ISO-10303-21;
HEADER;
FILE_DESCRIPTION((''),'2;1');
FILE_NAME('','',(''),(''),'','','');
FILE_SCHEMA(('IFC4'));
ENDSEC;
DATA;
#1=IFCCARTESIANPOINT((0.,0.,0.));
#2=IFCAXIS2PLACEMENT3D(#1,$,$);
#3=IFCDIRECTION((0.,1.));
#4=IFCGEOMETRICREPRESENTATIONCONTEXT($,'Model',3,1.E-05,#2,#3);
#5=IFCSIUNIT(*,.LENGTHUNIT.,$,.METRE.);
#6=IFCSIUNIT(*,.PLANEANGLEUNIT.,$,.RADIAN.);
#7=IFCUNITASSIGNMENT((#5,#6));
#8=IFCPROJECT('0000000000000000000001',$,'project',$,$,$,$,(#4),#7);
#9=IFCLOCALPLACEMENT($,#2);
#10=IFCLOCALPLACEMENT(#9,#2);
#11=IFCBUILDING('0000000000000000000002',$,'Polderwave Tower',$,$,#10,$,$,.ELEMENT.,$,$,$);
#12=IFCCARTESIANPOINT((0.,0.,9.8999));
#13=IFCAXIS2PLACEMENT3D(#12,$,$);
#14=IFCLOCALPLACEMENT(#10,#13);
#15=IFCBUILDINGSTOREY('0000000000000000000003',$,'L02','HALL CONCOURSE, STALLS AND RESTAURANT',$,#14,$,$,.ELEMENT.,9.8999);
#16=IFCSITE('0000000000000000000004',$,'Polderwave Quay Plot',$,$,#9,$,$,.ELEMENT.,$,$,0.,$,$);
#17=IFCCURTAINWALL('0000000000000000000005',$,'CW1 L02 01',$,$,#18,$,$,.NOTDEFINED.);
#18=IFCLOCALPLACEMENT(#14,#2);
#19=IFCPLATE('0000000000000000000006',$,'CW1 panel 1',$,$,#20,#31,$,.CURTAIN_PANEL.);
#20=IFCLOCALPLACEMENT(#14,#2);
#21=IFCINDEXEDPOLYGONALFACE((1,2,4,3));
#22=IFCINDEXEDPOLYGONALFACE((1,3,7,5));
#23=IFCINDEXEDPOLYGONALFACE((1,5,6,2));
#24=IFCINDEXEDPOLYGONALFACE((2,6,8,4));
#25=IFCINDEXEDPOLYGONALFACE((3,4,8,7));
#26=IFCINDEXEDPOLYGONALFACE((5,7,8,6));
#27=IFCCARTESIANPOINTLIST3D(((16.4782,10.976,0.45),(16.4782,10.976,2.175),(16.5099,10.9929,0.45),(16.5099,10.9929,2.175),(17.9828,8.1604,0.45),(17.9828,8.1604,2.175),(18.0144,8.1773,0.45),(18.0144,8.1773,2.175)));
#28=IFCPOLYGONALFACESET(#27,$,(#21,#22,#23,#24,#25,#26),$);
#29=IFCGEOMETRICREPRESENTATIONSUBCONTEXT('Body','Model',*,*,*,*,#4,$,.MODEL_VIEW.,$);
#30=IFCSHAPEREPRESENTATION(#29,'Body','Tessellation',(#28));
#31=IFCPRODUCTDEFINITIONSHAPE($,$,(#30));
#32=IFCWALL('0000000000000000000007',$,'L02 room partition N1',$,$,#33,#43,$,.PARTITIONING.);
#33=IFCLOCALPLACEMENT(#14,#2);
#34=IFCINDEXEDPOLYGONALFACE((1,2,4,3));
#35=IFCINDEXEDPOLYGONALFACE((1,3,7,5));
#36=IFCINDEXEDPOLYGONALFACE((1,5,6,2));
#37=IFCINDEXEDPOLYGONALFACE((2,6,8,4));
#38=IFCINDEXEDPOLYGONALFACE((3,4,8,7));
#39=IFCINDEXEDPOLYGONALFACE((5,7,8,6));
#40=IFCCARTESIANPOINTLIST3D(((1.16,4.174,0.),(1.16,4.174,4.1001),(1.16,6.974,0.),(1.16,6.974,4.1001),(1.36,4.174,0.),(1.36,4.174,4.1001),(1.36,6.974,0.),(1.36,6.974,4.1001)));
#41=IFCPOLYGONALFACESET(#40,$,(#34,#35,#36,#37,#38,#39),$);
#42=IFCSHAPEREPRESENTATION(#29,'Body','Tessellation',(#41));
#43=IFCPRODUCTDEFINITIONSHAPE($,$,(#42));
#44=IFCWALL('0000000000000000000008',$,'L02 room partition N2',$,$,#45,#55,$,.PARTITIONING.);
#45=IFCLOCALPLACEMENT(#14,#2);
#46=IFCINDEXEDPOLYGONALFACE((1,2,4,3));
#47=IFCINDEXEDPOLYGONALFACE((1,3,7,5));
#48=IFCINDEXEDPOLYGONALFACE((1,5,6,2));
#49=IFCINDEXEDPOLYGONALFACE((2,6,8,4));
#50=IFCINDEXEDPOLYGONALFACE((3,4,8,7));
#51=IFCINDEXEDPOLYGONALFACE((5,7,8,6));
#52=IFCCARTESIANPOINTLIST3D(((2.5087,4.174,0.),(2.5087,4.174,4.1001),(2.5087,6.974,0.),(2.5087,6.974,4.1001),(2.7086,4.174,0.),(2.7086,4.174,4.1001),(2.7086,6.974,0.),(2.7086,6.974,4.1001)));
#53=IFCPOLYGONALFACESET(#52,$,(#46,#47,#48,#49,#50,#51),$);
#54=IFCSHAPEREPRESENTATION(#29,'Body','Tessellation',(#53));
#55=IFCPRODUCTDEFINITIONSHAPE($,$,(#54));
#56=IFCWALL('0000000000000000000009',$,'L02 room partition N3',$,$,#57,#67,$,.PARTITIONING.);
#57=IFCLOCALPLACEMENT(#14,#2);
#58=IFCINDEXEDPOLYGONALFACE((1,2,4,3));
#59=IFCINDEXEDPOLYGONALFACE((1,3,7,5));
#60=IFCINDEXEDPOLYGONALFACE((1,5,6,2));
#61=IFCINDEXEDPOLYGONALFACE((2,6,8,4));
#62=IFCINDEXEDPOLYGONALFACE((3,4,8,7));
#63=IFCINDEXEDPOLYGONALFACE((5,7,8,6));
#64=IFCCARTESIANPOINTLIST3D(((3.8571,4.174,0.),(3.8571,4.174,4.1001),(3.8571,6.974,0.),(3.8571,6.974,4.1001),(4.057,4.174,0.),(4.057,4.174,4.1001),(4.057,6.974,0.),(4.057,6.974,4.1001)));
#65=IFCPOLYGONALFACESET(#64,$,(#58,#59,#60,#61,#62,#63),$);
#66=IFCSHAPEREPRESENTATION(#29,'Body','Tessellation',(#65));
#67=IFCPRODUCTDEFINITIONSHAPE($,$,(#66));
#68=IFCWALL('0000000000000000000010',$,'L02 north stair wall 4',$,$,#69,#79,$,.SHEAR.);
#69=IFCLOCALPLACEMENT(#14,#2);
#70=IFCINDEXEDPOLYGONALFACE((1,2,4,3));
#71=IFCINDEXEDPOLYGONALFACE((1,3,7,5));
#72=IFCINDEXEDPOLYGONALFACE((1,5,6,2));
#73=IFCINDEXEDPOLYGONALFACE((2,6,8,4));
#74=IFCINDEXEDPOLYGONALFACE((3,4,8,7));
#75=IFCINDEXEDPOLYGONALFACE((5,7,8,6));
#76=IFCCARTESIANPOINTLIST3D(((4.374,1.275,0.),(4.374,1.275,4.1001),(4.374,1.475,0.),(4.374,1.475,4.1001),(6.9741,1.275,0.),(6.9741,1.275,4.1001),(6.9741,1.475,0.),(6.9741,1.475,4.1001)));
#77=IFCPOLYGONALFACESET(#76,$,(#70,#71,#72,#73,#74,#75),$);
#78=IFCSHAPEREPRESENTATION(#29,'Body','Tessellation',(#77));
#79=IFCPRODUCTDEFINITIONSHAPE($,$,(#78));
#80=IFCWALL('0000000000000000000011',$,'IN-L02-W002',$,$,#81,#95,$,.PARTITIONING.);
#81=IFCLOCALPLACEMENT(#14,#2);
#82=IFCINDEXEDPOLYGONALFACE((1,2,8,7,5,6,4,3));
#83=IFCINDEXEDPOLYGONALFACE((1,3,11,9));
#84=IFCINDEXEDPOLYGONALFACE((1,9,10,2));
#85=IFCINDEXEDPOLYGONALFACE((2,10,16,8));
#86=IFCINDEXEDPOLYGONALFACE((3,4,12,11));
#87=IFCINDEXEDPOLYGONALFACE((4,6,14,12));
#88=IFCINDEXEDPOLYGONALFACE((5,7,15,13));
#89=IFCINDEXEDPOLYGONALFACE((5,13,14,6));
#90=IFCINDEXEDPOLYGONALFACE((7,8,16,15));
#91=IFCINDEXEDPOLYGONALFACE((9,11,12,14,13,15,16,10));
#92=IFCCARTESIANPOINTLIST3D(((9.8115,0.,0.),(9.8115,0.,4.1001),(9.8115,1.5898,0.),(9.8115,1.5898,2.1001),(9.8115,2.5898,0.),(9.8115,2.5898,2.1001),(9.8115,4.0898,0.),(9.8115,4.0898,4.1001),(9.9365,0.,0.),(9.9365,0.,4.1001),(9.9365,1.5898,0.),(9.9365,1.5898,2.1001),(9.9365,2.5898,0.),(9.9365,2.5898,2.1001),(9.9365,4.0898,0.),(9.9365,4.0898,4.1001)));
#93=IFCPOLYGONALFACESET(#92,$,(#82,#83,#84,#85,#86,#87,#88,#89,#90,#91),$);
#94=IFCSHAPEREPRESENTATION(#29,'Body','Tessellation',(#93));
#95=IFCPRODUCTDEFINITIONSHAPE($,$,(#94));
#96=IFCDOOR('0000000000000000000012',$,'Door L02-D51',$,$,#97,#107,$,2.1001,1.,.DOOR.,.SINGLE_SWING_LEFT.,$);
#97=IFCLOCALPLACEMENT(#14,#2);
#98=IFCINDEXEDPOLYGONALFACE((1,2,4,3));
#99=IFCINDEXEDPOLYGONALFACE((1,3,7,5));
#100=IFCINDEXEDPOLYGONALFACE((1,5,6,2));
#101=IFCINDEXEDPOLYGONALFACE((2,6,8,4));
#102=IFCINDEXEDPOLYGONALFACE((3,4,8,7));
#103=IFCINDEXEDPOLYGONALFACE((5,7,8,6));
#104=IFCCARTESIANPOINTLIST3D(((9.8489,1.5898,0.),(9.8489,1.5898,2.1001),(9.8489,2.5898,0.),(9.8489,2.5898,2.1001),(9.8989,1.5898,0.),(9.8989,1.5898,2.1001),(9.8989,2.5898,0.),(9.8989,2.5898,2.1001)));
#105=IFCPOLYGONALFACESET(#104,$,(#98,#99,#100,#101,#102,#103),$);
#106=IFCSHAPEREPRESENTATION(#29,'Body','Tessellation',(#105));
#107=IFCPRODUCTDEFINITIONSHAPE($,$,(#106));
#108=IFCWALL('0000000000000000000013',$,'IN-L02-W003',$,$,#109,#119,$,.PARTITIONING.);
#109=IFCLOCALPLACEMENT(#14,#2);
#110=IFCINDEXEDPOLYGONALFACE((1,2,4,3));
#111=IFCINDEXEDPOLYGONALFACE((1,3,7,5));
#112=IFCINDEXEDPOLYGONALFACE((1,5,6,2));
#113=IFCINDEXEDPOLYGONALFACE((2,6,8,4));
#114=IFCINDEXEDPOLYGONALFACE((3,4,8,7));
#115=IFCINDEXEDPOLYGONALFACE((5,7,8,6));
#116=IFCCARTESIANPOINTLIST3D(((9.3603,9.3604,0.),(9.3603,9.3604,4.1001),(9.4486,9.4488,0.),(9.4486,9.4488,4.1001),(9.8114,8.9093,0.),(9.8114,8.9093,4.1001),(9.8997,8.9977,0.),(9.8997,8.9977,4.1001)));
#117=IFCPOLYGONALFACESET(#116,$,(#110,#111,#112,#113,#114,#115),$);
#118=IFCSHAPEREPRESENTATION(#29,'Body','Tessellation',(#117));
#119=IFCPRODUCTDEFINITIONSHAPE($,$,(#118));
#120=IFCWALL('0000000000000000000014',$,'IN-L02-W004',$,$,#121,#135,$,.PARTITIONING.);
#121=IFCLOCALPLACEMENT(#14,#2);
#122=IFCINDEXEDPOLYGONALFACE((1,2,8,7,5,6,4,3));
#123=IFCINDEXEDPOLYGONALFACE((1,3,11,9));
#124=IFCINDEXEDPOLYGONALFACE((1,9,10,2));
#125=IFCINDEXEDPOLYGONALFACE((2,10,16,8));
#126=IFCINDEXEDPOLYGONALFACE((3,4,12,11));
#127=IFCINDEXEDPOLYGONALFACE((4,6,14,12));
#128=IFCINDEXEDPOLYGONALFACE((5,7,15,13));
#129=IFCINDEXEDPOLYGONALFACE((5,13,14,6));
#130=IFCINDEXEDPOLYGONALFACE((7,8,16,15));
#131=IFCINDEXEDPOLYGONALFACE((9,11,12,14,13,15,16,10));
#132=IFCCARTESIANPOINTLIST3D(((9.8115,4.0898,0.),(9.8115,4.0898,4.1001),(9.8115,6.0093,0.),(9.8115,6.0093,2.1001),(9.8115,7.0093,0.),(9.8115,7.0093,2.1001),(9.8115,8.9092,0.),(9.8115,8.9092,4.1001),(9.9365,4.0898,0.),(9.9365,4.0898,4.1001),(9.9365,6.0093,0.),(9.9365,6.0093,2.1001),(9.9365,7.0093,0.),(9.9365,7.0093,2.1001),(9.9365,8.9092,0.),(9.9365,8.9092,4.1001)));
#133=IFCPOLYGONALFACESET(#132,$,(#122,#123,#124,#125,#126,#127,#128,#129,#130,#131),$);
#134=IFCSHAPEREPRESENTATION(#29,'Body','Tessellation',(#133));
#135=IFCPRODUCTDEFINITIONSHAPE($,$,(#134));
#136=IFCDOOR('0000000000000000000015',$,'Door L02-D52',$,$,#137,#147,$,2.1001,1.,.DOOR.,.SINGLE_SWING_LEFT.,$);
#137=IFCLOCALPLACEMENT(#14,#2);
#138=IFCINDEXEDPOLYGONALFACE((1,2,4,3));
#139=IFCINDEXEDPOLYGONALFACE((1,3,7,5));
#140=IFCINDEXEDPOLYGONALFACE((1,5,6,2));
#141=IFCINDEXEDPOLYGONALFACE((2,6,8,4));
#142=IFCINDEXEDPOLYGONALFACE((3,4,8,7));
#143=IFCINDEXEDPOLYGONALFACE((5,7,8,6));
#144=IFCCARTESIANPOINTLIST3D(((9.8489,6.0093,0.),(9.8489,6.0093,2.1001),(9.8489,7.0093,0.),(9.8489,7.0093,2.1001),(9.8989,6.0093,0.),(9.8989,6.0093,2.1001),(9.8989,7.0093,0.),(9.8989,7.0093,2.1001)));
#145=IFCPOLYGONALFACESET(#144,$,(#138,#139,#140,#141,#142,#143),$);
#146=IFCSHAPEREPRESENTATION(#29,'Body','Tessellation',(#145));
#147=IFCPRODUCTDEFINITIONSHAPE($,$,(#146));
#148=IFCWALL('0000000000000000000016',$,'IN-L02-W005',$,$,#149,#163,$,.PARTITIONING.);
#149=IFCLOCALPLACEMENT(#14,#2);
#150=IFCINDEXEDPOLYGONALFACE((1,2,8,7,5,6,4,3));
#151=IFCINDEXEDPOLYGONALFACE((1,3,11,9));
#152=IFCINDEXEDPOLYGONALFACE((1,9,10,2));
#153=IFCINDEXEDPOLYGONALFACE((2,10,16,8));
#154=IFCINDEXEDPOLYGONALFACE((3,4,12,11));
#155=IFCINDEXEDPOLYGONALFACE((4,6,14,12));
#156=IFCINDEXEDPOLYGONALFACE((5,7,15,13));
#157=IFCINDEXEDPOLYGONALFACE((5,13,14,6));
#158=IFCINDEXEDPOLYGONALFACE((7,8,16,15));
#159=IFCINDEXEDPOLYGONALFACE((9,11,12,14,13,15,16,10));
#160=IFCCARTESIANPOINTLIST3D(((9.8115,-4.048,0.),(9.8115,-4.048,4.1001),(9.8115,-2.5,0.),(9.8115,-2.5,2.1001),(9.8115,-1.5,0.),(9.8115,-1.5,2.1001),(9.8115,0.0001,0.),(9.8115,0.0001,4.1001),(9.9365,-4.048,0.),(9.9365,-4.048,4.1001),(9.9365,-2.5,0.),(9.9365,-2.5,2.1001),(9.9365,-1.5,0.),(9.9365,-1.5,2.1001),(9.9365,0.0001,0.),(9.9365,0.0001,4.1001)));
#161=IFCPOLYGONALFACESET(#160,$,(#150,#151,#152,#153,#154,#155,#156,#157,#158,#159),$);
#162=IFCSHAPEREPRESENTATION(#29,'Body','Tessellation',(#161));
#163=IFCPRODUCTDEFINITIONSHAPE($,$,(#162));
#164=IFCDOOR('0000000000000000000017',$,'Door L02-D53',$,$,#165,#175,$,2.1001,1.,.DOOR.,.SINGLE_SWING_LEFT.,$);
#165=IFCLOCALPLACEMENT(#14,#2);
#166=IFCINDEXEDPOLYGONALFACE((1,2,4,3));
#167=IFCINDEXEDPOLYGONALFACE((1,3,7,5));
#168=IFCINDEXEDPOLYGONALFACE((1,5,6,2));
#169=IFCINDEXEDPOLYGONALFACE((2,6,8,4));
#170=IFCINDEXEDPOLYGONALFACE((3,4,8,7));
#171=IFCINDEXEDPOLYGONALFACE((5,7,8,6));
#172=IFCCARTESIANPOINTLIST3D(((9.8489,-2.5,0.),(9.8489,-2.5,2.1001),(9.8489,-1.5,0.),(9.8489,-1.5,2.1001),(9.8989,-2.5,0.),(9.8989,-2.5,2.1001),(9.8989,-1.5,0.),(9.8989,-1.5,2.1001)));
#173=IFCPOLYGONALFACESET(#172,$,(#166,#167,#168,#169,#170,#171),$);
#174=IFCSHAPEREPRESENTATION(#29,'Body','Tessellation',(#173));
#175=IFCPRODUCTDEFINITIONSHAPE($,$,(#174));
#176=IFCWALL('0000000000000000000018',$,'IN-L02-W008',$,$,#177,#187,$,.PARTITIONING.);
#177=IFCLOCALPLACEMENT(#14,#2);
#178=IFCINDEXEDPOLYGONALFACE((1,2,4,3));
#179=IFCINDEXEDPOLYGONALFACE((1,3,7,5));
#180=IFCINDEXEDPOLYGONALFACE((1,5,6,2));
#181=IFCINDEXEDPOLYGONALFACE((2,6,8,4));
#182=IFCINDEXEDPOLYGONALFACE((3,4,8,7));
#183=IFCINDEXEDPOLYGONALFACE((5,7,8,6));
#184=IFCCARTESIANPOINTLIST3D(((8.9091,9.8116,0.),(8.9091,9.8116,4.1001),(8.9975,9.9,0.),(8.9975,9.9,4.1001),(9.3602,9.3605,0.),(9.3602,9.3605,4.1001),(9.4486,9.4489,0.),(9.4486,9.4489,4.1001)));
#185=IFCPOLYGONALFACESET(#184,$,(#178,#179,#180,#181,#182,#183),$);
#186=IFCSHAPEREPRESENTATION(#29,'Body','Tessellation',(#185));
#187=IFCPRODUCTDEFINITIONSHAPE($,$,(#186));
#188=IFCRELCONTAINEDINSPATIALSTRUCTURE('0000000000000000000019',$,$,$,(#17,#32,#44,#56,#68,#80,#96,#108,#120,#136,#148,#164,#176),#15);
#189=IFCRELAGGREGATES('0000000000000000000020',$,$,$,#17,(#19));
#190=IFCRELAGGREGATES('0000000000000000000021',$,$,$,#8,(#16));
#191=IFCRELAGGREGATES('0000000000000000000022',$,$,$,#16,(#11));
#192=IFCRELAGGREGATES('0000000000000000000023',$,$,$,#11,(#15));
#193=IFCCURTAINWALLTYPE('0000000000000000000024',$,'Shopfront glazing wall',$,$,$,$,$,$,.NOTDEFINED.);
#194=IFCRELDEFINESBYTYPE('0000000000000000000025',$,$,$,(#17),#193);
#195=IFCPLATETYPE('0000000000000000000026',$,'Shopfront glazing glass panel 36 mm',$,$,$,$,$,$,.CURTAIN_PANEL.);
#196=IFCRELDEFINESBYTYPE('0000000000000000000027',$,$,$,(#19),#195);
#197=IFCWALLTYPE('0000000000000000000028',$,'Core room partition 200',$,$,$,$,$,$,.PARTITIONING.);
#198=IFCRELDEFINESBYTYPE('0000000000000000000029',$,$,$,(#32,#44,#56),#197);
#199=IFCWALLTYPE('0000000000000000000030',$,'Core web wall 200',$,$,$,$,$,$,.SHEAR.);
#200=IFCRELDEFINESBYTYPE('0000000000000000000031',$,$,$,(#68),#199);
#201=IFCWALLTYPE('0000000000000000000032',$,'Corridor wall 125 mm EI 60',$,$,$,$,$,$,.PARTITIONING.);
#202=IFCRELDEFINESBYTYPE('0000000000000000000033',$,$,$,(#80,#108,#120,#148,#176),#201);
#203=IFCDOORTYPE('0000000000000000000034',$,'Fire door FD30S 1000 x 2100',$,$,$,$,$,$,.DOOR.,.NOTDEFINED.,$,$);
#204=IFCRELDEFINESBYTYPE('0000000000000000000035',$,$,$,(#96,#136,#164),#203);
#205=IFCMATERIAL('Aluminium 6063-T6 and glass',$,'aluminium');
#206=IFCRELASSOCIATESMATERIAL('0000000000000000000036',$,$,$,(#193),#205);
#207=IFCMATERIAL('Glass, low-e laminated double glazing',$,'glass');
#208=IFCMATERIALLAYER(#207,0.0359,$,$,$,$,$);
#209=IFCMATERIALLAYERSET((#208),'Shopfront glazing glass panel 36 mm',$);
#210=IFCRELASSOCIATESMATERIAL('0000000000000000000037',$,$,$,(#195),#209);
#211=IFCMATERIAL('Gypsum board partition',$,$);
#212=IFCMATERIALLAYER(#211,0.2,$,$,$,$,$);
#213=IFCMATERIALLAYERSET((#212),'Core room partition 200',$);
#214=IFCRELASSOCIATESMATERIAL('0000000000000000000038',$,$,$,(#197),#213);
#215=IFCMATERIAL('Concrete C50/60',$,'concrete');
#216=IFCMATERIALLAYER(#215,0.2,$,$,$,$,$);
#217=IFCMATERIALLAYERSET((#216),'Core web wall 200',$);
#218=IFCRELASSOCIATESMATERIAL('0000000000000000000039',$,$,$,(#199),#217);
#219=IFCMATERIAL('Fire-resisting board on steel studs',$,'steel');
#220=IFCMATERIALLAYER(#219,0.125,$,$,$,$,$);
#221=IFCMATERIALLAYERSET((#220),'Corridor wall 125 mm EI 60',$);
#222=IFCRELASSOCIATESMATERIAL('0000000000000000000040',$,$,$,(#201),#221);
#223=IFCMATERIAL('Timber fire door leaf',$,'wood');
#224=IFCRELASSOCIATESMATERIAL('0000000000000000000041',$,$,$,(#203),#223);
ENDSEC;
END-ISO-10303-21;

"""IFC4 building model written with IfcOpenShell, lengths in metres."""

from ifc_helpers import new_model, si_unit, direction, frame, frame_2d, origin, origin_2d, place, context, subcontext, project, spatial, rectangle, extrude, material, layer, layer_set, type_object, element, fill, aggregate, save


model = new_model("IFC4")

# Units and contexts
model_context = context("Model", 3, precision=1e-05, world=origin(), true_north=direction((0.0, 1.0)))
body_context = subcontext(model_context, "Body", "Model", "MODEL_VIEW")
ifc_project = project(units=[si_unit("LENGTHUNIT", "METRE"), si_unit("PLANEANGLEUNIT", "RADIAN")], contexts=[model_context])

# Site, building, storey
site_placement = place(None, origin())
site = spatial("IfcSite", under=ifc_project, at=site_placement, Name="Polderwave Quay Plot", CompositionType="ELEMENT", RefElevation=0.0)
building_placement = place(site_placement, origin())
building = spatial("IfcBuilding", under=site, at=building_placement, Name="Polderwave Tower", CompositionType="ELEMENT")
storey_placement = place(building_placement, frame((0.0, 0.0, 9.8999)))
storey = spatial("IfcBuildingStorey", under=building, at=storey_placement, Name="L02", Description="HALL CONCOURSE, STALLS AND RESTAURANT", CompositionType="ELEMENT", Elevation=9.8999)

# Curtain wall, plate
ifc_material_1 = material(Name="Aluminium 6063-T6 and glass", Category="aluminium")
curtain_wall_type = type_object("IfcCurtainWallType", Name="Shopfront glazing wall", PredefinedType="NOTDEFINED", material=ifc_material_1)
curtain_wall_placement = place(storey_placement, origin())
curtain_wall = element("IfcCurtainWall", 1, at=curtain_wall_placement, inside=storey, type_object=curtain_wall_type, Name="CW1 L02 01", PredefinedType="NOTDEFINED")
ifc_material_2 = material(Name="Glass, low-e laminated double glazing", Category="glass")
ifc_layer_1 = layer(ifc_material_2, 0.0359)
ifc_layer_set_1 = layer_set([ifc_layer_1], Name="Shopfront glazing glass panel 36 mm")
plate_type = type_object("IfcPlateType", Name="Shopfront glazing glass panel 36 mm", PredefinedType="CURTAIN_PANEL", material=ifc_layer_set_1)
plate_placement = place(storey_placement, frame((17.2463, 9.5767, 0.45), z_axis=(0.0, 0.0, 1.0), x_axis=(-0.4713, 0.881973, 0.0)))
plate = element("IfcPlate", 2, at=plate_placement, type_object=plate_type, Name="CW1 panel 1", PredefinedType="CURTAIN_PANEL", context=body_context, shape_type="SweptSolid", body=[
    extrude(rectangle(XDim=3.1924, YDim=0.0359, at=origin_2d()), origin(), (0.0, 0.0, 1.0), 1.7251),
])
aggregate(curtain_wall, [plate])

# Walls
ifc_material_3 = material(Name="Gypsum board partition")
ifc_layer_2 = layer(ifc_material_3, 0.2)
ifc_layer_set_2 = layer_set([ifc_layer_2], Name="Core room partition 200")
wall_type_1 = type_object("IfcWallType", Name="Core room partition 200", PredefinedType="PARTITIONING", material=ifc_layer_set_2)
for number, where, z_axis, x_axis, name in (
    (3, (1.26, 4.1741, 0.0), (0.0, 0.0, 1.0), (0.0, 1.0, 0.0), "L02 room partition N1"),
    (4, (2.6086, 4.1741, 0.0), (0.0, 0.0, 1.0), (0.0, 1.0, 0.0), "L02 room partition N2"),
    (5, (3.957, 4.1741, 0.0), (0.0, 0.0, 1.0), (0.0, 1.0, 0.0), "L02 room partition N3"),
):
    element("IfcWall", number, at=place(storey_placement, frame(where, z_axis=z_axis, x_axis=x_axis)), inside=storey, type_object=wall_type_1, Name=name, PredefinedType="PARTITIONING", context=body_context, shape_type="SweptSolid", body=[
        extrude(rectangle(XDim=2.8, YDim=0.2, at=frame_2d((1.3999, 0.0))), origin(), (0.0, 0.0, 1.0), 4.1001),
    ])
ifc_material_4 = material(Name="Concrete C50/60", Category="concrete")
ifc_layer_3 = layer(ifc_material_4, 0.2)
ifc_layer_set_3 = layer_set([ifc_layer_3], Name="Core web wall 200")
wall_type_2 = type_object("IfcWallType", Name="Core web wall 200", PredefinedType="SHEAR", material=ifc_layer_set_3)
wall_1_placement = place(storey_placement, frame((4.374, 1.375, 0.0), z_axis=(0.0, 0.0, 1.0), x_axis=(1.0, 0.0, 0.0)))
element("IfcWall", 6, at=wall_1_placement, inside=storey, type_object=wall_type_2, Name="L02 north stair wall 4", PredefinedType="SHEAR", context=body_context, shape_type="SweptSolid", body=[
    extrude(rectangle(XDim=2.6001, YDim=0.2, at=frame_2d((1.3, 0.0))), origin(), (0.0, 0.0, 1.0), 4.1001),
])

# Wall, opening, door
ifc_material_5 = material(Name="Fire-resisting board on steel studs", Category="steel")
ifc_layer_4 = layer(ifc_material_5, 0.125)
ifc_layer_set_4 = layer_set([ifc_layer_4], Name="Corridor wall 125 mm EI 60")
wall_type_3 = type_object("IfcWallType", Name="Corridor wall 125 mm EI 60", PredefinedType="PARTITIONING", material=ifc_layer_set_4)
wall_2_placement = place(storey_placement, frame((9.874, 4.0898, 0.0), z_axis=(0.0, 0.0, 1.0), x_axis=(0.0, -1.0, 0.0)))
wall_2 = element("IfcWall", 7, at=wall_2_placement, inside=storey, type_object=wall_type_3, Name="IN-L02-W002", PredefinedType="PARTITIONING", context=body_context, shape_type="SweptSolid", body=[
    extrude(rectangle(XDim=4.0898, YDim=0.125, at=frame_2d((2.0449, 0.0))), origin(), (0.0, 0.0, 1.0), 4.1001),
])
opening_1_placement = place(wall_2_placement, frame((1.5, 0.0, 0.0)))
opening_1 = element("IfcOpeningElement", 8, at=opening_1_placement, cuts=wall_2, PredefinedType="OPENING", context=body_context, shape_type="SweptSolid", body=[
    extrude(rectangle(XDim=1.0, YDim=2.1001, at=frame_2d((0.5, 1.05))), frame((0.0, 0.0725, 0.0), z_axis=(0.0, -1.0, 0.0), x_axis=(1.0, 0.0, 0.0)), (0.0, 0.0, 1.0), 0.145),
])
ifc_material_6 = material(Name="Timber fire door leaf", Category="wood")
door_type = type_object("IfcDoorType", Name="Fire door FD30S 1000 x 2100", OperationType="NOTDEFINED", PredefinedType="DOOR", material=ifc_material_6)
door_1_placement = place(opening_1_placement, origin())
door_1 = element("IfcDoor", 9, at=door_1_placement, inside=storey, type_object=door_type, Name="Door L02-D51", OperationType="SINGLE_SWING_LEFT", OverallHeight=2.1001, OverallWidth=1.0, PredefinedType="DOOR", context=body_context, shape_type="SweptSolid", body=[
    extrude(rectangle(XDim=1.0, YDim=2.1001, at=frame_2d((0.5, 1.05))), frame((0.0, 0.0249, 0.0), z_axis=(0.0, -1.0, 0.0), x_axis=(1.0, 0.0, 0.0)), (0.0, 0.0, 1.0), 0.05),
])
fill(opening_1, door_1)

# Wall
wall_3_placement = place(storey_placement, frame((9.4045, 9.4045, 0.0), z_axis=(0.0, 0.0, 1.0), x_axis=(0.707107, -0.707107, 0.0)))
element("IfcWall", 10, at=wall_3_placement, inside=storey, type_object=wall_type_3, Name="IN-L02-W003", PredefinedType="PARTITIONING", context=body_context, shape_type="SweptSolid", body=[
    extrude(rectangle(XDim=0.6379, YDim=0.125, at=frame_2d((0.3188, 0.0))), origin(), (0.0, 0.0, 1.0), 4.1001),
])

# Walls, openings, doors
wall_4_placement = place(storey_placement, frame((9.874, 8.9092, 0.0), z_axis=(0.0, 0.0, 1.0), x_axis=(0.0, -1.0, 0.0)))
wall_4 = element("IfcWall", 11, at=wall_4_placement, inside=storey, type_object=wall_type_3, Name="IN-L02-W004", PredefinedType="PARTITIONING", context=body_context, shape_type="SweptSolid", body=[
    extrude(rectangle(XDim=4.8193, YDim=0.125, at=frame_2d((2.4097, 0.0))), origin(), (0.0, 0.0, 1.0), 4.1001),
])
opening_2_placement = place(wall_4_placement, frame((1.8999, 0.0, 0.0)))
opening_2 = element("IfcOpeningElement", 12, at=opening_2_placement, cuts=wall_4, PredefinedType="OPENING", context=body_context, shape_type="SweptSolid", body=[
    extrude(rectangle(XDim=1.0, YDim=2.1001, at=frame_2d((0.5, 1.05))), frame((0.0, 0.0725, 0.0), z_axis=(0.0, -1.0, 0.0), x_axis=(1.0, 0.0, 0.0)), (0.0, 0.0, 1.0), 0.145),
])
door_2_placement = place(opening_2_placement, origin())
door_2 = element("IfcDoor", 13, at=door_2_placement, inside=storey, type_object=door_type, Name="Door L02-D52", OperationType="SINGLE_SWING_LEFT", OverallHeight=2.1001, OverallWidth=1.0, PredefinedType="DOOR", context=body_context, shape_type="SweptSolid", body=[
    extrude(rectangle(XDim=1.0, YDim=2.1001, at=frame_2d((0.5, 1.05))), frame((0.0, 0.0249, 0.0), z_axis=(0.0, -1.0, 0.0), x_axis=(1.0, 0.0, 0.0)), (0.0, 0.0, 1.0), 0.05),
])
fill(opening_2, door_2)
wall_5_placement = place(storey_placement, frame((9.874, 0.0, 0.0), z_axis=(0.0, 0.0, 1.0), x_axis=(0.0, -1.0, 0.0)))
wall_5 = element("IfcWall", 14, at=wall_5_placement, inside=storey, type_object=wall_type_3, Name="IN-L02-W005", PredefinedType="PARTITIONING", context=body_context, shape_type="SweptSolid", body=[
    extrude(rectangle(XDim=4.0481, YDim=0.125, at=frame_2d((2.0239, 0.0))), origin(), (0.0, 0.0, 1.0), 4.1001),
])
opening_3_placement = place(wall_5_placement, frame((1.5, 0.0, 0.0)))
opening_3 = element("IfcOpeningElement", 15, at=opening_3_placement, cuts=wall_5, PredefinedType="OPENING", context=body_context, shape_type="SweptSolid", body=[
    extrude(rectangle(XDim=1.0, YDim=2.1001, at=frame_2d((0.5, 1.05))), frame((0.0, 0.0725, 0.0), z_axis=(0.0, -1.0, 0.0), x_axis=(1.0, 0.0, 0.0)), (0.0, 0.0, 1.0), 0.145),
])
door_3_placement = place(opening_3_placement, origin())
door_3 = element("IfcDoor", 16, at=door_3_placement, inside=storey, type_object=door_type, Name="Door L02-D53", OperationType="SINGLE_SWING_LEFT", OverallHeight=2.1001, OverallWidth=1.0, PredefinedType="DOOR", context=body_context, shape_type="SweptSolid", body=[
    extrude(rectangle(XDim=1.0, YDim=2.1001, at=frame_2d((0.5, 1.05))), frame((0.0, 0.0249, 0.0), z_axis=(0.0, -1.0, 0.0), x_axis=(1.0, 0.0, 0.0)), (0.0, 0.0, 1.0), 0.05),
])
fill(opening_3, door_3)

# Wall
wall_6_placement = place(storey_placement, frame((8.9534, 9.8557, 0.0), z_axis=(0.0, 0.0, 1.0), x_axis=(0.707107, -0.707107, 0.0)))
element("IfcWall", 17, at=wall_6_placement, inside=storey, type_object=wall_type_3, Name="IN-L02-W008", PredefinedType="PARTITIONING", context=body_context, shape_type="SweptSolid", body=[
    extrude(rectangle(XDim=0.6379, YDim=0.125, at=frame_2d((0.3188, 0.0))), origin(), (0.0, 0.0, 1.0), 4.1001),
])

save(model, "model.ifc")
